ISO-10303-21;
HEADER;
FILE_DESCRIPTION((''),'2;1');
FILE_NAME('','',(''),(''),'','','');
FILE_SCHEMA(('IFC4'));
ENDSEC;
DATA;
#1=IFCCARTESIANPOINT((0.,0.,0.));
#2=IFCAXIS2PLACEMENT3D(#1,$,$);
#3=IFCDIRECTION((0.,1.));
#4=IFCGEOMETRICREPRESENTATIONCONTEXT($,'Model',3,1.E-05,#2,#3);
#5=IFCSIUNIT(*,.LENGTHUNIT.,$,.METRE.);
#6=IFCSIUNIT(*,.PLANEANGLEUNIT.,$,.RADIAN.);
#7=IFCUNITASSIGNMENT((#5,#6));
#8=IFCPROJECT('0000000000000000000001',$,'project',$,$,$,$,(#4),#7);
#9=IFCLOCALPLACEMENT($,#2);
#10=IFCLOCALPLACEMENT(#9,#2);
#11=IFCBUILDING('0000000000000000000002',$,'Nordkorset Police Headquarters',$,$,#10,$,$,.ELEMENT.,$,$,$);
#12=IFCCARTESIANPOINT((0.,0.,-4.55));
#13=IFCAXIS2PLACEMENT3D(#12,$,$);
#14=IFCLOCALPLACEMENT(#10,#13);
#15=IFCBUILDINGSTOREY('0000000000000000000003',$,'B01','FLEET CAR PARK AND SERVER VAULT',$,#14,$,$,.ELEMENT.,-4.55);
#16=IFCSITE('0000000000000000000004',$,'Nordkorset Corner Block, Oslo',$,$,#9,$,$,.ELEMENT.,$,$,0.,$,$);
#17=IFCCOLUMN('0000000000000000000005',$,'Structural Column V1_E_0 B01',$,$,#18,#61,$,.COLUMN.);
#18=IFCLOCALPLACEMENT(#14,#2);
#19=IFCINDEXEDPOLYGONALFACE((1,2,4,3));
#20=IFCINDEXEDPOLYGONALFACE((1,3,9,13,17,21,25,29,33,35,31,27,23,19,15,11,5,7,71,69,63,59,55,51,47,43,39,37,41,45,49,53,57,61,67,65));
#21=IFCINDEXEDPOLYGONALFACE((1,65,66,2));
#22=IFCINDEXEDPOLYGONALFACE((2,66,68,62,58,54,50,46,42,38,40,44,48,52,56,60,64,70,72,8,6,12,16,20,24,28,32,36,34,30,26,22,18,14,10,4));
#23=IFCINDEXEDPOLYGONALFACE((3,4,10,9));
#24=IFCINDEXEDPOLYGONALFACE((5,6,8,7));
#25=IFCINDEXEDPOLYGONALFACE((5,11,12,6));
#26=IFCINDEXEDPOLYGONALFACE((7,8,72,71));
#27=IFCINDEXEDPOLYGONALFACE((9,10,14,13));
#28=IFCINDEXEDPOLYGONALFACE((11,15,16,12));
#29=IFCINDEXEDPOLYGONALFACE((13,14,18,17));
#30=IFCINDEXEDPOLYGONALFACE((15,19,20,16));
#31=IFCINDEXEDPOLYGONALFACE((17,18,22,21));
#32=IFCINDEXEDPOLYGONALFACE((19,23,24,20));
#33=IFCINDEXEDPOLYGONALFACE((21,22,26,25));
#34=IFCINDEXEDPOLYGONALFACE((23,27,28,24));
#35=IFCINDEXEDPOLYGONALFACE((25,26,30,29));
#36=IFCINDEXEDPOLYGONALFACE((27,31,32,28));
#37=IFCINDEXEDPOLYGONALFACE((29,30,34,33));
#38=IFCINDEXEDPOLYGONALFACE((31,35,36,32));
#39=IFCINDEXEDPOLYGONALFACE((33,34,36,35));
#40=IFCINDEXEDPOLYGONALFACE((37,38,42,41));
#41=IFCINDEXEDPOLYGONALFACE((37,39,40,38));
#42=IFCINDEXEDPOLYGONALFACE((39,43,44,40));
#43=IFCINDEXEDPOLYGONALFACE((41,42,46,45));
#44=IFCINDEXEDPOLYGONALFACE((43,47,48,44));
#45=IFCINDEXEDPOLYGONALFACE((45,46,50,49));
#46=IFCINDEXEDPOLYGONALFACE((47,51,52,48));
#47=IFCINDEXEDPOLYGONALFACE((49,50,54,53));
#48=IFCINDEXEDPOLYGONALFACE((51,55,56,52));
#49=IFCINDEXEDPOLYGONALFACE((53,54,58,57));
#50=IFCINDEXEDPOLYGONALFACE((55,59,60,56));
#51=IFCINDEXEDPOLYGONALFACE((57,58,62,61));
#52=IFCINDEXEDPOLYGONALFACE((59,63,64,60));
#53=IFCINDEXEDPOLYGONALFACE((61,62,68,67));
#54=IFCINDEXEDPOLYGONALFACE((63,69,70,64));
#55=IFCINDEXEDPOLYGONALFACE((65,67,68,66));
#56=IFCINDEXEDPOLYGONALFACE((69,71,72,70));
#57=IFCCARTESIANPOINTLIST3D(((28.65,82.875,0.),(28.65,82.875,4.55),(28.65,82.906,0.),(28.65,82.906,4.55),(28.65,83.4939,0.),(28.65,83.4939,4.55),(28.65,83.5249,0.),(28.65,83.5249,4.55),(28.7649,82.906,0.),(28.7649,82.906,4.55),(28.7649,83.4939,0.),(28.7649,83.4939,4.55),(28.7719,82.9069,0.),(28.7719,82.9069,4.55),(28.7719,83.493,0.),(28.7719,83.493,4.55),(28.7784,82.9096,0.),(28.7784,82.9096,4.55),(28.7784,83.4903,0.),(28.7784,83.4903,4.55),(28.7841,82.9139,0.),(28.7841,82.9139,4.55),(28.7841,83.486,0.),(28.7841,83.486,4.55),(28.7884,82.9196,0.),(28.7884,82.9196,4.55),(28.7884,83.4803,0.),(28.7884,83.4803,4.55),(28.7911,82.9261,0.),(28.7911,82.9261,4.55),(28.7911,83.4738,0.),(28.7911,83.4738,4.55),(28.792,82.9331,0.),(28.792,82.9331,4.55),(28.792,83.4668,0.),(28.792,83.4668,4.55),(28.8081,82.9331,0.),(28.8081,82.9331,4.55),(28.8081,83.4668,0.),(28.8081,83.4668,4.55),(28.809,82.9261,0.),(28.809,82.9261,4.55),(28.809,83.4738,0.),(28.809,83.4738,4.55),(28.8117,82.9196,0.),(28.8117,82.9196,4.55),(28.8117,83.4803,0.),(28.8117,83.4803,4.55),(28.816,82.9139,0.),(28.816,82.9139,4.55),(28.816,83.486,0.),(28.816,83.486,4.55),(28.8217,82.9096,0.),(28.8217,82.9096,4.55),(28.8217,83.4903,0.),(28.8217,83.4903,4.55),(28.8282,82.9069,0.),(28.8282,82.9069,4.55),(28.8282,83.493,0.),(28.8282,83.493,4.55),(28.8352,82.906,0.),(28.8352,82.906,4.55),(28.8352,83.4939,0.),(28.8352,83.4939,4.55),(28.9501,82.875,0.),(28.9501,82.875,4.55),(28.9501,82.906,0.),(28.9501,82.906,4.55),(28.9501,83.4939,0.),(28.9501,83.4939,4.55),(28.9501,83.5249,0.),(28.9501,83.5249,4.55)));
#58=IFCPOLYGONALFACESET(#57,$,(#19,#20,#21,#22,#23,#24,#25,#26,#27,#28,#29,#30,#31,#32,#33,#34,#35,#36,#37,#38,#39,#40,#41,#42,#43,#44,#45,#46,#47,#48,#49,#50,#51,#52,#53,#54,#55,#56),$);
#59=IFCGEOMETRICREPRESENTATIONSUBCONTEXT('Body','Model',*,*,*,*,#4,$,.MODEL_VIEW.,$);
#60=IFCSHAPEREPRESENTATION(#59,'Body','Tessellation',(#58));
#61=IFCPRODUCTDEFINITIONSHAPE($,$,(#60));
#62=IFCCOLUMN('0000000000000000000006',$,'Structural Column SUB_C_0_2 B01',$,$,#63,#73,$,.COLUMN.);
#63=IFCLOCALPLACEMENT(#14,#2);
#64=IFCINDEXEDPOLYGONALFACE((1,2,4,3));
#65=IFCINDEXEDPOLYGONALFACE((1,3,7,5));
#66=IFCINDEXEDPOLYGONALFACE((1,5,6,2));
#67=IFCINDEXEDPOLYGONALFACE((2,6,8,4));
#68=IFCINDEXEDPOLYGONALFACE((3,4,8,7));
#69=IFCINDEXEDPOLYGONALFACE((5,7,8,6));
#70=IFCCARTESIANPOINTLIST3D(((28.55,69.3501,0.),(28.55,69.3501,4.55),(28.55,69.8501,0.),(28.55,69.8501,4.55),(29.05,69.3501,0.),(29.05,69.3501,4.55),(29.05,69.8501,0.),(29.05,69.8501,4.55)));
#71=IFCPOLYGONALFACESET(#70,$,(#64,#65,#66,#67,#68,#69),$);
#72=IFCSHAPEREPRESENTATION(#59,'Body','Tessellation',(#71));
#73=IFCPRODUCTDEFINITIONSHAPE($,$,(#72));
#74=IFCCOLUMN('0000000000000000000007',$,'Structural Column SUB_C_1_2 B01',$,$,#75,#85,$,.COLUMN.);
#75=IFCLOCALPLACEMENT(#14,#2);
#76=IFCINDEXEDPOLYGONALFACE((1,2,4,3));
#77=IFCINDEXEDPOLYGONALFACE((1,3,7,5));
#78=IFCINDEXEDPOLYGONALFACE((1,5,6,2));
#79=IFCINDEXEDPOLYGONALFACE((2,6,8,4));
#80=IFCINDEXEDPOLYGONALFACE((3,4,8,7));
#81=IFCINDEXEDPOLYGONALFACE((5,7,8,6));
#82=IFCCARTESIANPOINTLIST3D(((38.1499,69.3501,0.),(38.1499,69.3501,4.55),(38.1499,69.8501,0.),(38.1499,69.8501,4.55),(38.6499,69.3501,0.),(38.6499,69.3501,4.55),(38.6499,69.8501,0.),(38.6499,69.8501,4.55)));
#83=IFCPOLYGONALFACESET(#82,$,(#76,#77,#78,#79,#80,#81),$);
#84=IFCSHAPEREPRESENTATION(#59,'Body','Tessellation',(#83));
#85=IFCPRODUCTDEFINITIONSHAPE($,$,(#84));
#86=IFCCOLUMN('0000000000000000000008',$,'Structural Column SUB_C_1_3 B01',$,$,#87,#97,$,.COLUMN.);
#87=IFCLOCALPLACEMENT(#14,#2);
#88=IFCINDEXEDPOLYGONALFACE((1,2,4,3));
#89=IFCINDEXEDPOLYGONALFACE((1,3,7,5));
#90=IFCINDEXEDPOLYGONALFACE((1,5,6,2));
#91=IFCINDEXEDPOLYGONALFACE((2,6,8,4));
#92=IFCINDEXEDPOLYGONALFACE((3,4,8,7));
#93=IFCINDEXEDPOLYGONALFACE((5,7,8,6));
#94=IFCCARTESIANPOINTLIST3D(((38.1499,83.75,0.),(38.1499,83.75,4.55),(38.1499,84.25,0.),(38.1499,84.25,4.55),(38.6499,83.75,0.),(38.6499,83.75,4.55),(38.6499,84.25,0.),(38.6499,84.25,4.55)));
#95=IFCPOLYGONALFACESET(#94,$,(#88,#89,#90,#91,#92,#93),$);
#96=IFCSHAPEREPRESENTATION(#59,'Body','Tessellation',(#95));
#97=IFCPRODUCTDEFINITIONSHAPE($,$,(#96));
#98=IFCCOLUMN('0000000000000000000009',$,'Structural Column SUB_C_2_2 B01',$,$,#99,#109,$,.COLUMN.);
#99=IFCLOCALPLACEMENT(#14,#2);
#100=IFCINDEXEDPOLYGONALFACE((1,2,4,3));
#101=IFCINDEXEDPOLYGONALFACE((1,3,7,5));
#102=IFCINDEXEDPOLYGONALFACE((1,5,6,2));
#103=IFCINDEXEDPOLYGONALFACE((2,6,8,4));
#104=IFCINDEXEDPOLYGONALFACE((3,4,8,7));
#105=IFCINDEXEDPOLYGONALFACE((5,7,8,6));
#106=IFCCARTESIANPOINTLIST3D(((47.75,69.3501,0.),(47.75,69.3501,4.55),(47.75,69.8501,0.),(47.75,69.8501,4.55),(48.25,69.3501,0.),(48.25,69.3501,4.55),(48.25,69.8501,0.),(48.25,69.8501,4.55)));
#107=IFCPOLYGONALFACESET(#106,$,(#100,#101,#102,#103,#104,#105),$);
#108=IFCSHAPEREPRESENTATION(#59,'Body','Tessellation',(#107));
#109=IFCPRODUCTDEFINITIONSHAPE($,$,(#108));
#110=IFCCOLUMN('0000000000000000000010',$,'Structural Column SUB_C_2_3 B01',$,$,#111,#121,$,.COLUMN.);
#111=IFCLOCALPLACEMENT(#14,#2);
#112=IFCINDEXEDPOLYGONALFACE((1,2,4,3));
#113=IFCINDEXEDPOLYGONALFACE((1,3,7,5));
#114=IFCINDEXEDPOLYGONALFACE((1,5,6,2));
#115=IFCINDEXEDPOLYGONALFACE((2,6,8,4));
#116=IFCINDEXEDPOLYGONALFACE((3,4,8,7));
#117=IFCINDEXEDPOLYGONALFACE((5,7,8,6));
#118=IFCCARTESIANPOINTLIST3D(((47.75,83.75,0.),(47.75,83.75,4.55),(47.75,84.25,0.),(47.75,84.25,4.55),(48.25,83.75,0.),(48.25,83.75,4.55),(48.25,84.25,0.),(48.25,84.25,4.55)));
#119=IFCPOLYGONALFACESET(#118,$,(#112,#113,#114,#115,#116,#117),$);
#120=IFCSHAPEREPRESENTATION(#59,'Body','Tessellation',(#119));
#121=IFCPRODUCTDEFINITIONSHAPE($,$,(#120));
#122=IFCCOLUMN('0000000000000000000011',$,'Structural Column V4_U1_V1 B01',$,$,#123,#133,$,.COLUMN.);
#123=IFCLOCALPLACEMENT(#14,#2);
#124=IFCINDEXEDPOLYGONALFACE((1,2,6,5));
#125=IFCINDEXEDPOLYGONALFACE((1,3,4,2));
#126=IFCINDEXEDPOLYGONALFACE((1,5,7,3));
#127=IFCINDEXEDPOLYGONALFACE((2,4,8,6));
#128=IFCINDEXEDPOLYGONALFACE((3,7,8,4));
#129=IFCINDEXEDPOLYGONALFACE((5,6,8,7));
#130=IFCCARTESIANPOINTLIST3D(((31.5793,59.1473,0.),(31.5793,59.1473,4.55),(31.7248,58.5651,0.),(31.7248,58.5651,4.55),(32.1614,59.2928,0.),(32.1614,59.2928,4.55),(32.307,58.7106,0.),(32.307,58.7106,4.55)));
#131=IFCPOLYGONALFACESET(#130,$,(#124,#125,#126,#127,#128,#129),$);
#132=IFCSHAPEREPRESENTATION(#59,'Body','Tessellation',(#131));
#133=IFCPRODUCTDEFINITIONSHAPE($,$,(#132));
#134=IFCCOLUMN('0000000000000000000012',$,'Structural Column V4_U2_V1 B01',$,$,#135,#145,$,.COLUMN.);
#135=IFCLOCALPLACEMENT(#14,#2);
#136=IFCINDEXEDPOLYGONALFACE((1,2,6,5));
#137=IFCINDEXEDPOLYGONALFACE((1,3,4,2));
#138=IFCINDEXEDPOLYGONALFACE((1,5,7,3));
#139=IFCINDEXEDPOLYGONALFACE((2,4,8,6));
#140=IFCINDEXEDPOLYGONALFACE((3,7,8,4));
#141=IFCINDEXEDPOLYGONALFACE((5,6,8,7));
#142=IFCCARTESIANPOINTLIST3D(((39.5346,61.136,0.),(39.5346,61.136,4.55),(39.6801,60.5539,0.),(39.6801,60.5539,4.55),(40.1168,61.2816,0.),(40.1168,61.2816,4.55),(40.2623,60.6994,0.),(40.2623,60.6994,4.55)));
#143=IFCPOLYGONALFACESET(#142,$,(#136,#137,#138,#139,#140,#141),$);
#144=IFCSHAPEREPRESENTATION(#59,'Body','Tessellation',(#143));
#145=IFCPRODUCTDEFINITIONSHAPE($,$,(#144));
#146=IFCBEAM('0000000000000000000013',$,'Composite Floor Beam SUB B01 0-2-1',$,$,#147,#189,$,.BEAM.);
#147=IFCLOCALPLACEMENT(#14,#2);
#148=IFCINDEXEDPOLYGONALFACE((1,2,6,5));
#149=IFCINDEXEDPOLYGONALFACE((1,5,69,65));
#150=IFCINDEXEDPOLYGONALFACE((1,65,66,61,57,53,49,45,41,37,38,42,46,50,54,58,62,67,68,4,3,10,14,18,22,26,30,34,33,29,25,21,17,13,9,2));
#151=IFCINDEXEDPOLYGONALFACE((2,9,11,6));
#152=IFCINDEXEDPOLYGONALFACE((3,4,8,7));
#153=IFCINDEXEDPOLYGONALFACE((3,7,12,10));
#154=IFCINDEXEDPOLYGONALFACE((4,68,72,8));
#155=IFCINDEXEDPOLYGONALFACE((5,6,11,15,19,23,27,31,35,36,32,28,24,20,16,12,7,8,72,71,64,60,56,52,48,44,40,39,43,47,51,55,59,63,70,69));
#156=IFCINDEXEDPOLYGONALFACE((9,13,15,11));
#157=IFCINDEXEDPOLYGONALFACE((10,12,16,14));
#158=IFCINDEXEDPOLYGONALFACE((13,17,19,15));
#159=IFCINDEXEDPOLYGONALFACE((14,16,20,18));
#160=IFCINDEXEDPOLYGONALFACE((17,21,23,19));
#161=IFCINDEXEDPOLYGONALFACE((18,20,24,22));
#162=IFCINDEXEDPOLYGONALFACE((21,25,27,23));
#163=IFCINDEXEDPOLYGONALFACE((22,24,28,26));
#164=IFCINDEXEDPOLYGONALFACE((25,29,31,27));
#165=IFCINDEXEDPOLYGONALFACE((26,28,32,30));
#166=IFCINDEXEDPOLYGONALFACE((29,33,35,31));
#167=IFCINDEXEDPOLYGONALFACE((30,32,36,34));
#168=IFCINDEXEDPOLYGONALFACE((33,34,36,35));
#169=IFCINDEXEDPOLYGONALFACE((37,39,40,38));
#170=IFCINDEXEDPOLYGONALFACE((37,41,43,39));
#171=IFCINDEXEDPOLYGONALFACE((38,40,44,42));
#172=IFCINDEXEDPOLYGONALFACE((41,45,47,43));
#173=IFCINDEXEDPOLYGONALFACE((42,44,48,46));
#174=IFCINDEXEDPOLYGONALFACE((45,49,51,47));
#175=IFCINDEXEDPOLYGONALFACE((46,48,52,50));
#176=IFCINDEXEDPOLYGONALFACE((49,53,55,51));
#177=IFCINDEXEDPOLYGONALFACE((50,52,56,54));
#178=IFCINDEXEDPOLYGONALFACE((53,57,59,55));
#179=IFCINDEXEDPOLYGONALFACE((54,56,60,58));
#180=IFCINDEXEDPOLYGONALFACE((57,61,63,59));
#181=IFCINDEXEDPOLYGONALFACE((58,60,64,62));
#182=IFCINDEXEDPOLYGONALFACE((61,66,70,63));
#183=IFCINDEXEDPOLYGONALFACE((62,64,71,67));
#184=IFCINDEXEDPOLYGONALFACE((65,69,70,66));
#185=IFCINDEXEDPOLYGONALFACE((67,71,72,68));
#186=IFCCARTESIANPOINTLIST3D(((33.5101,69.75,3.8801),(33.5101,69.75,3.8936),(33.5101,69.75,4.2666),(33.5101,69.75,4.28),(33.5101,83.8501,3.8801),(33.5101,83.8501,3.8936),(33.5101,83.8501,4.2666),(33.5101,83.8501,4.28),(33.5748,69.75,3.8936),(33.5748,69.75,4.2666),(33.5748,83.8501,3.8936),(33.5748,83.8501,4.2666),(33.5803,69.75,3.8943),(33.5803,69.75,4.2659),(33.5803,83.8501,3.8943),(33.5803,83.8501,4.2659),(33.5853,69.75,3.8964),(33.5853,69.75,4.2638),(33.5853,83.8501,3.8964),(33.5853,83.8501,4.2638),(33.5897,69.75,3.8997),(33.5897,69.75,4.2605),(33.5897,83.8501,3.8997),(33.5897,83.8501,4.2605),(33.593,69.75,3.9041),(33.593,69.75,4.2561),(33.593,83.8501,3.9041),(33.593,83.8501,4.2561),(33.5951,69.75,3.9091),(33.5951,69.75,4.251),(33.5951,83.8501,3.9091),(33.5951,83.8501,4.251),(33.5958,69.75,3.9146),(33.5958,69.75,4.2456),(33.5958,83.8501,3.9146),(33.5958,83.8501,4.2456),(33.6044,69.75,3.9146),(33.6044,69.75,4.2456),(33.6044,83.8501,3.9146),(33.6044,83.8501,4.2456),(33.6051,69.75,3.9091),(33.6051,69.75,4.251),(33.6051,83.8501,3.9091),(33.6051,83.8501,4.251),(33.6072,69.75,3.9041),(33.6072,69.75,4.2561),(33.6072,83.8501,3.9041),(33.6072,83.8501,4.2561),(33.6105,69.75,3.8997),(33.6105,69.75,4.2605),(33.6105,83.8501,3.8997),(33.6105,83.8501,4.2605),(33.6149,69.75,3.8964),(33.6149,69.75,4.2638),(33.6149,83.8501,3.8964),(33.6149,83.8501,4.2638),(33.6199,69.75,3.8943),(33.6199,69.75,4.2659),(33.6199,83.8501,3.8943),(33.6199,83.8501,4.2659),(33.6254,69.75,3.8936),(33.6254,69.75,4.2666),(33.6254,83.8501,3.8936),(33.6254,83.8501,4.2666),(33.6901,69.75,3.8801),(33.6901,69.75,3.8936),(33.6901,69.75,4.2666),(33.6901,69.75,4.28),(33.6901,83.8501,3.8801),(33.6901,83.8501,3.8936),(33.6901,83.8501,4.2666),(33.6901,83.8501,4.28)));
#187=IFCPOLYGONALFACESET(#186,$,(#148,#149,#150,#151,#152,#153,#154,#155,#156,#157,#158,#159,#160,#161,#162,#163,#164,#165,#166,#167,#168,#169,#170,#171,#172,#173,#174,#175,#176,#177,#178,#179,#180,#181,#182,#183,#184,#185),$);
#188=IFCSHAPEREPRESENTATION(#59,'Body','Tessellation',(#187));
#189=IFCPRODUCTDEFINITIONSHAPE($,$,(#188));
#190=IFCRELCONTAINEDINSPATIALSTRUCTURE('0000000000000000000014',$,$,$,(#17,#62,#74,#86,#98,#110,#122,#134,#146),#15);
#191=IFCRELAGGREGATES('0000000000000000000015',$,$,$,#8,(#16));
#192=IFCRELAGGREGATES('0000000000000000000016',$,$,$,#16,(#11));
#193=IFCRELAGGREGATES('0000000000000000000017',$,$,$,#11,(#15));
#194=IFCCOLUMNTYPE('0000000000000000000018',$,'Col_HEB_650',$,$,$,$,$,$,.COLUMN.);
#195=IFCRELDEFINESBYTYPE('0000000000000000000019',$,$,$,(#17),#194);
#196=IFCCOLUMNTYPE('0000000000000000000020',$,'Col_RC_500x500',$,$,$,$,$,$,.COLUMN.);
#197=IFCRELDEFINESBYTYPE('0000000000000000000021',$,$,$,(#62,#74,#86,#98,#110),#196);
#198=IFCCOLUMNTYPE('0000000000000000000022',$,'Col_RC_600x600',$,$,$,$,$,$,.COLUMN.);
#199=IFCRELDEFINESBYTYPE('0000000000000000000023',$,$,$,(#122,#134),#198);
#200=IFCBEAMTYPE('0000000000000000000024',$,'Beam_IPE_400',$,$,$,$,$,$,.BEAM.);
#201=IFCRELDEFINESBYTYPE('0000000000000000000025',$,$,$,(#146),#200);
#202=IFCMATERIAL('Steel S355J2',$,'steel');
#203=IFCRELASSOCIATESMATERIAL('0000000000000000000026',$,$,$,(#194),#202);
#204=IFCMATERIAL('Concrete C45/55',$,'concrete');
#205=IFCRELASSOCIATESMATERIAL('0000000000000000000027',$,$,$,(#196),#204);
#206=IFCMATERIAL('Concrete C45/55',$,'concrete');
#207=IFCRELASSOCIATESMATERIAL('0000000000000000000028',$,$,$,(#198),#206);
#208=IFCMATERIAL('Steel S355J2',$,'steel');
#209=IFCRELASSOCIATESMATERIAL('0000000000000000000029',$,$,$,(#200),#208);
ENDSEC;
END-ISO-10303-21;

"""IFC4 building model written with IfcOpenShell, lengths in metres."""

from ifc_helpers import new_model, si_unit, direction, frame, origin, origin_2d, place, context, subcontext, project, spatial, rectangle, i_section, extrude, material, material_profile, profile_set, type_object, element, save


model = new_model("IFC4")

# Units and contexts
model_context = context("Model", 3, precision=1e-05, world=origin(), true_north=direction((0.0, 1.0)))
body_context = subcontext(model_context, "Body", "Model", "MODEL_VIEW")
ifc_project = project(units=[si_unit("LENGTHUNIT", "METRE"), si_unit("PLANEANGLEUNIT", "RADIAN")], contexts=[model_context])

# Site, building, storey
site_placement = place(None, origin())
site = spatial("IfcSite", under=ifc_project, at=site_placement, Name="Nordkorset Corner Block, Oslo", CompositionType="ELEMENT", RefElevation=0.0)
building_placement = place(site_placement, origin())
building = spatial("IfcBuilding", under=site, at=building_placement, Name="Nordkorset Police Headquarters", CompositionType="ELEMENT")
storey_placement = place(building_placement, frame((0.0, 0.0, -4.55)))
storey = spatial("IfcBuildingStorey", under=building, at=storey_placement, Name="B01", Description="FLEET CAR PARK AND SERVER VAULT", CompositionType="ELEMENT", Elevation=-4.55)

# Columns
ifc_material_1 = material(Name="Steel S355J2", Category="steel")
ifc_material_profile_1 = material_profile(ifc_material_1, i_section(OverallWidth=0.3, OverallDepth=0.6499, WebThickness=0.0161, FlangeThickness=0.031, FilletRadius=0.0271, at=origin_2d()), Name="HEB 650")
ifc_profile_set_1 = profile_set([ifc_material_profile_1], Name="Steel S355J2")
column_type_1 = type_object("IfcColumnType", Name="Col_HEB_650", PredefinedType="COLUMN", material=ifc_profile_set_1)
column_placement = place(storey_placement, frame((28.8, 83.2, 0.0), z_axis=(0.0, 0.0, 1.0), x_axis=(1.0, 0.0, 0.0)))
element("IfcColumn", 1, at=column_placement, inside=storey, type_object=column_type_1, Name="Structural Column V1_E_0 B01", PredefinedType="COLUMN", context=body_context, shape_type="SweptSolid", body=[
    extrude(i_section(OverallWidth=0.3, OverallDepth=0.6499, WebThickness=0.0161, FlangeThickness=0.031, FilletRadius=0.0271, at=origin_2d()), origin(), (0.0, 0.0, 1.0), 4.55),
])
ifc_material_2 = material(Name="Concrete C45/55", Category="concrete")
ifc_material_profile_2 = material_profile(ifc_material_2, rectangle(XDim=0.5, YDim=0.5, at=origin_2d()), Name="RC 500x500")
ifc_profile_set_2 = profile_set([ifc_material_profile_2], Name="Concrete C45/55")
column_type_2 = type_object("IfcColumnType", Name="Col_RC_500x500", PredefinedType="COLUMN", material=ifc_profile_set_2)
for number, where, z_axis, x_axis, name in (
    (2, (28.8, 69.6001, 0.0), (0.0, 0.0, 1.0), (1.0, 0.0, 0.0), "Structural Column SUB_C_0_2 B01"),
    (3, (38.3999, 69.6001, 0.0), (0.0, 0.0, 1.0), (1.0, 0.0, 0.0), "Structural Column SUB_C_1_2 B01"),
    (4, (38.3999, 84.0, 0.0), (0.0, 0.0, 1.0), (1.0, 0.0, 0.0), "Structural Column SUB_C_1_3 B01"),
    (5, (48.0, 69.6001, 0.0), (0.0, 0.0, 1.0), (1.0, 0.0, 0.0), "Structural Column SUB_C_2_2 B01"),
    (6, (48.0, 84.0, 0.0), (0.0, 0.0, 1.0), (1.0, 0.0, 0.0), "Structural Column SUB_C_2_3 B01"),
):
    element("IfcColumn", number, at=place(storey_placement, frame(where, z_axis=z_axis, x_axis=x_axis)), inside=storey, type_object=column_type_2, Name=name, PredefinedType="COLUMN", context=body_context, shape_type="SweptSolid", body=[
        extrude(rectangle(XDim=0.5, YDim=0.5, at=origin_2d()), origin(), (0.0, 0.0, 1.0), 4.55),
    ])
ifc_material_3 = material(Name="Concrete C45/55", Category="concrete")
ifc_material_profile_3 = material_profile(ifc_material_3, rectangle(XDim=0.6001, YDim=0.6001, at=origin_2d()), Name="RC 600x600")
ifc_profile_set_3 = profile_set([ifc_material_profile_3], Name="Concrete C45/55")
column_type_3 = type_object("IfcColumnType", Name="Col_RC_600x600", PredefinedType="COLUMN", material=ifc_profile_set_3)
for number, where, z_axis, x_axis, name in (
    (7, (31.9431, 58.929, 0.0), (0.0, 0.0, 1.0), (0.970143, 0.242536, 0.0), "Structural Column V4_U1_V1 B01"),
    (8, (39.8984, 60.9177, 0.0), (0.0, 0.0, 1.0), (0.970143, 0.242536, 0.0), "Structural Column V4_U2_V1 B01"),
):
    element("IfcColumn", number, at=place(storey_placement, frame(where, z_axis=z_axis, x_axis=x_axis)), inside=storey, type_object=column_type_3, Name=name, PredefinedType="COLUMN", context=body_context, shape_type="SweptSolid", body=[
        extrude(rectangle(XDim=0.6001, YDim=0.6001, at=origin_2d()), origin(), (0.0, 0.0, 1.0), 4.55),
    ])

# Beam
ifc_material_4 = material(Name="Steel S355J2", Category="steel")
ifc_material_profile_4 = material_profile(ifc_material_4, i_section(OverallWidth=0.1799, OverallDepth=0.3999, WebThickness=0.0085, FlangeThickness=0.0134, FilletRadius=0.021, at=origin_2d()), Name="IPE 400")
ifc_profile_set_4 = profile_set([ifc_material_profile_4], Name="Steel S355J2")
beam_type_1 = type_object("IfcBeamType", Name="Beam_IPE_400", PredefinedType="BEAM", material=ifc_profile_set_4)
for number, where, z_axis, x_axis, name in (
    (9, (33.6001, 69.75, 4.0801), (0.0, 1.0, 0.0), (-1.0, 0.0, 0.0), "Composite Floor Beam SUB B01 0-2-1"),
):
    element("IfcBeam", number, at=place(storey_placement, frame(where, z_axis=z_axis, x_axis=x_axis)), inside=storey, type_object=beam_type_1, Name=name, PredefinedType="BEAM", context=body_context, shape_type="SweptSolid", body=[
        extrude(i_section(OverallWidth=0.1799, OverallDepth=0.3999, WebThickness=0.0085, FlangeThickness=0.0134, FilletRadius=0.021, at=origin_2d()), origin(), (0.0, 0.0, 1.0), 14.1001),
    ])

save(model, "model.ifc")
